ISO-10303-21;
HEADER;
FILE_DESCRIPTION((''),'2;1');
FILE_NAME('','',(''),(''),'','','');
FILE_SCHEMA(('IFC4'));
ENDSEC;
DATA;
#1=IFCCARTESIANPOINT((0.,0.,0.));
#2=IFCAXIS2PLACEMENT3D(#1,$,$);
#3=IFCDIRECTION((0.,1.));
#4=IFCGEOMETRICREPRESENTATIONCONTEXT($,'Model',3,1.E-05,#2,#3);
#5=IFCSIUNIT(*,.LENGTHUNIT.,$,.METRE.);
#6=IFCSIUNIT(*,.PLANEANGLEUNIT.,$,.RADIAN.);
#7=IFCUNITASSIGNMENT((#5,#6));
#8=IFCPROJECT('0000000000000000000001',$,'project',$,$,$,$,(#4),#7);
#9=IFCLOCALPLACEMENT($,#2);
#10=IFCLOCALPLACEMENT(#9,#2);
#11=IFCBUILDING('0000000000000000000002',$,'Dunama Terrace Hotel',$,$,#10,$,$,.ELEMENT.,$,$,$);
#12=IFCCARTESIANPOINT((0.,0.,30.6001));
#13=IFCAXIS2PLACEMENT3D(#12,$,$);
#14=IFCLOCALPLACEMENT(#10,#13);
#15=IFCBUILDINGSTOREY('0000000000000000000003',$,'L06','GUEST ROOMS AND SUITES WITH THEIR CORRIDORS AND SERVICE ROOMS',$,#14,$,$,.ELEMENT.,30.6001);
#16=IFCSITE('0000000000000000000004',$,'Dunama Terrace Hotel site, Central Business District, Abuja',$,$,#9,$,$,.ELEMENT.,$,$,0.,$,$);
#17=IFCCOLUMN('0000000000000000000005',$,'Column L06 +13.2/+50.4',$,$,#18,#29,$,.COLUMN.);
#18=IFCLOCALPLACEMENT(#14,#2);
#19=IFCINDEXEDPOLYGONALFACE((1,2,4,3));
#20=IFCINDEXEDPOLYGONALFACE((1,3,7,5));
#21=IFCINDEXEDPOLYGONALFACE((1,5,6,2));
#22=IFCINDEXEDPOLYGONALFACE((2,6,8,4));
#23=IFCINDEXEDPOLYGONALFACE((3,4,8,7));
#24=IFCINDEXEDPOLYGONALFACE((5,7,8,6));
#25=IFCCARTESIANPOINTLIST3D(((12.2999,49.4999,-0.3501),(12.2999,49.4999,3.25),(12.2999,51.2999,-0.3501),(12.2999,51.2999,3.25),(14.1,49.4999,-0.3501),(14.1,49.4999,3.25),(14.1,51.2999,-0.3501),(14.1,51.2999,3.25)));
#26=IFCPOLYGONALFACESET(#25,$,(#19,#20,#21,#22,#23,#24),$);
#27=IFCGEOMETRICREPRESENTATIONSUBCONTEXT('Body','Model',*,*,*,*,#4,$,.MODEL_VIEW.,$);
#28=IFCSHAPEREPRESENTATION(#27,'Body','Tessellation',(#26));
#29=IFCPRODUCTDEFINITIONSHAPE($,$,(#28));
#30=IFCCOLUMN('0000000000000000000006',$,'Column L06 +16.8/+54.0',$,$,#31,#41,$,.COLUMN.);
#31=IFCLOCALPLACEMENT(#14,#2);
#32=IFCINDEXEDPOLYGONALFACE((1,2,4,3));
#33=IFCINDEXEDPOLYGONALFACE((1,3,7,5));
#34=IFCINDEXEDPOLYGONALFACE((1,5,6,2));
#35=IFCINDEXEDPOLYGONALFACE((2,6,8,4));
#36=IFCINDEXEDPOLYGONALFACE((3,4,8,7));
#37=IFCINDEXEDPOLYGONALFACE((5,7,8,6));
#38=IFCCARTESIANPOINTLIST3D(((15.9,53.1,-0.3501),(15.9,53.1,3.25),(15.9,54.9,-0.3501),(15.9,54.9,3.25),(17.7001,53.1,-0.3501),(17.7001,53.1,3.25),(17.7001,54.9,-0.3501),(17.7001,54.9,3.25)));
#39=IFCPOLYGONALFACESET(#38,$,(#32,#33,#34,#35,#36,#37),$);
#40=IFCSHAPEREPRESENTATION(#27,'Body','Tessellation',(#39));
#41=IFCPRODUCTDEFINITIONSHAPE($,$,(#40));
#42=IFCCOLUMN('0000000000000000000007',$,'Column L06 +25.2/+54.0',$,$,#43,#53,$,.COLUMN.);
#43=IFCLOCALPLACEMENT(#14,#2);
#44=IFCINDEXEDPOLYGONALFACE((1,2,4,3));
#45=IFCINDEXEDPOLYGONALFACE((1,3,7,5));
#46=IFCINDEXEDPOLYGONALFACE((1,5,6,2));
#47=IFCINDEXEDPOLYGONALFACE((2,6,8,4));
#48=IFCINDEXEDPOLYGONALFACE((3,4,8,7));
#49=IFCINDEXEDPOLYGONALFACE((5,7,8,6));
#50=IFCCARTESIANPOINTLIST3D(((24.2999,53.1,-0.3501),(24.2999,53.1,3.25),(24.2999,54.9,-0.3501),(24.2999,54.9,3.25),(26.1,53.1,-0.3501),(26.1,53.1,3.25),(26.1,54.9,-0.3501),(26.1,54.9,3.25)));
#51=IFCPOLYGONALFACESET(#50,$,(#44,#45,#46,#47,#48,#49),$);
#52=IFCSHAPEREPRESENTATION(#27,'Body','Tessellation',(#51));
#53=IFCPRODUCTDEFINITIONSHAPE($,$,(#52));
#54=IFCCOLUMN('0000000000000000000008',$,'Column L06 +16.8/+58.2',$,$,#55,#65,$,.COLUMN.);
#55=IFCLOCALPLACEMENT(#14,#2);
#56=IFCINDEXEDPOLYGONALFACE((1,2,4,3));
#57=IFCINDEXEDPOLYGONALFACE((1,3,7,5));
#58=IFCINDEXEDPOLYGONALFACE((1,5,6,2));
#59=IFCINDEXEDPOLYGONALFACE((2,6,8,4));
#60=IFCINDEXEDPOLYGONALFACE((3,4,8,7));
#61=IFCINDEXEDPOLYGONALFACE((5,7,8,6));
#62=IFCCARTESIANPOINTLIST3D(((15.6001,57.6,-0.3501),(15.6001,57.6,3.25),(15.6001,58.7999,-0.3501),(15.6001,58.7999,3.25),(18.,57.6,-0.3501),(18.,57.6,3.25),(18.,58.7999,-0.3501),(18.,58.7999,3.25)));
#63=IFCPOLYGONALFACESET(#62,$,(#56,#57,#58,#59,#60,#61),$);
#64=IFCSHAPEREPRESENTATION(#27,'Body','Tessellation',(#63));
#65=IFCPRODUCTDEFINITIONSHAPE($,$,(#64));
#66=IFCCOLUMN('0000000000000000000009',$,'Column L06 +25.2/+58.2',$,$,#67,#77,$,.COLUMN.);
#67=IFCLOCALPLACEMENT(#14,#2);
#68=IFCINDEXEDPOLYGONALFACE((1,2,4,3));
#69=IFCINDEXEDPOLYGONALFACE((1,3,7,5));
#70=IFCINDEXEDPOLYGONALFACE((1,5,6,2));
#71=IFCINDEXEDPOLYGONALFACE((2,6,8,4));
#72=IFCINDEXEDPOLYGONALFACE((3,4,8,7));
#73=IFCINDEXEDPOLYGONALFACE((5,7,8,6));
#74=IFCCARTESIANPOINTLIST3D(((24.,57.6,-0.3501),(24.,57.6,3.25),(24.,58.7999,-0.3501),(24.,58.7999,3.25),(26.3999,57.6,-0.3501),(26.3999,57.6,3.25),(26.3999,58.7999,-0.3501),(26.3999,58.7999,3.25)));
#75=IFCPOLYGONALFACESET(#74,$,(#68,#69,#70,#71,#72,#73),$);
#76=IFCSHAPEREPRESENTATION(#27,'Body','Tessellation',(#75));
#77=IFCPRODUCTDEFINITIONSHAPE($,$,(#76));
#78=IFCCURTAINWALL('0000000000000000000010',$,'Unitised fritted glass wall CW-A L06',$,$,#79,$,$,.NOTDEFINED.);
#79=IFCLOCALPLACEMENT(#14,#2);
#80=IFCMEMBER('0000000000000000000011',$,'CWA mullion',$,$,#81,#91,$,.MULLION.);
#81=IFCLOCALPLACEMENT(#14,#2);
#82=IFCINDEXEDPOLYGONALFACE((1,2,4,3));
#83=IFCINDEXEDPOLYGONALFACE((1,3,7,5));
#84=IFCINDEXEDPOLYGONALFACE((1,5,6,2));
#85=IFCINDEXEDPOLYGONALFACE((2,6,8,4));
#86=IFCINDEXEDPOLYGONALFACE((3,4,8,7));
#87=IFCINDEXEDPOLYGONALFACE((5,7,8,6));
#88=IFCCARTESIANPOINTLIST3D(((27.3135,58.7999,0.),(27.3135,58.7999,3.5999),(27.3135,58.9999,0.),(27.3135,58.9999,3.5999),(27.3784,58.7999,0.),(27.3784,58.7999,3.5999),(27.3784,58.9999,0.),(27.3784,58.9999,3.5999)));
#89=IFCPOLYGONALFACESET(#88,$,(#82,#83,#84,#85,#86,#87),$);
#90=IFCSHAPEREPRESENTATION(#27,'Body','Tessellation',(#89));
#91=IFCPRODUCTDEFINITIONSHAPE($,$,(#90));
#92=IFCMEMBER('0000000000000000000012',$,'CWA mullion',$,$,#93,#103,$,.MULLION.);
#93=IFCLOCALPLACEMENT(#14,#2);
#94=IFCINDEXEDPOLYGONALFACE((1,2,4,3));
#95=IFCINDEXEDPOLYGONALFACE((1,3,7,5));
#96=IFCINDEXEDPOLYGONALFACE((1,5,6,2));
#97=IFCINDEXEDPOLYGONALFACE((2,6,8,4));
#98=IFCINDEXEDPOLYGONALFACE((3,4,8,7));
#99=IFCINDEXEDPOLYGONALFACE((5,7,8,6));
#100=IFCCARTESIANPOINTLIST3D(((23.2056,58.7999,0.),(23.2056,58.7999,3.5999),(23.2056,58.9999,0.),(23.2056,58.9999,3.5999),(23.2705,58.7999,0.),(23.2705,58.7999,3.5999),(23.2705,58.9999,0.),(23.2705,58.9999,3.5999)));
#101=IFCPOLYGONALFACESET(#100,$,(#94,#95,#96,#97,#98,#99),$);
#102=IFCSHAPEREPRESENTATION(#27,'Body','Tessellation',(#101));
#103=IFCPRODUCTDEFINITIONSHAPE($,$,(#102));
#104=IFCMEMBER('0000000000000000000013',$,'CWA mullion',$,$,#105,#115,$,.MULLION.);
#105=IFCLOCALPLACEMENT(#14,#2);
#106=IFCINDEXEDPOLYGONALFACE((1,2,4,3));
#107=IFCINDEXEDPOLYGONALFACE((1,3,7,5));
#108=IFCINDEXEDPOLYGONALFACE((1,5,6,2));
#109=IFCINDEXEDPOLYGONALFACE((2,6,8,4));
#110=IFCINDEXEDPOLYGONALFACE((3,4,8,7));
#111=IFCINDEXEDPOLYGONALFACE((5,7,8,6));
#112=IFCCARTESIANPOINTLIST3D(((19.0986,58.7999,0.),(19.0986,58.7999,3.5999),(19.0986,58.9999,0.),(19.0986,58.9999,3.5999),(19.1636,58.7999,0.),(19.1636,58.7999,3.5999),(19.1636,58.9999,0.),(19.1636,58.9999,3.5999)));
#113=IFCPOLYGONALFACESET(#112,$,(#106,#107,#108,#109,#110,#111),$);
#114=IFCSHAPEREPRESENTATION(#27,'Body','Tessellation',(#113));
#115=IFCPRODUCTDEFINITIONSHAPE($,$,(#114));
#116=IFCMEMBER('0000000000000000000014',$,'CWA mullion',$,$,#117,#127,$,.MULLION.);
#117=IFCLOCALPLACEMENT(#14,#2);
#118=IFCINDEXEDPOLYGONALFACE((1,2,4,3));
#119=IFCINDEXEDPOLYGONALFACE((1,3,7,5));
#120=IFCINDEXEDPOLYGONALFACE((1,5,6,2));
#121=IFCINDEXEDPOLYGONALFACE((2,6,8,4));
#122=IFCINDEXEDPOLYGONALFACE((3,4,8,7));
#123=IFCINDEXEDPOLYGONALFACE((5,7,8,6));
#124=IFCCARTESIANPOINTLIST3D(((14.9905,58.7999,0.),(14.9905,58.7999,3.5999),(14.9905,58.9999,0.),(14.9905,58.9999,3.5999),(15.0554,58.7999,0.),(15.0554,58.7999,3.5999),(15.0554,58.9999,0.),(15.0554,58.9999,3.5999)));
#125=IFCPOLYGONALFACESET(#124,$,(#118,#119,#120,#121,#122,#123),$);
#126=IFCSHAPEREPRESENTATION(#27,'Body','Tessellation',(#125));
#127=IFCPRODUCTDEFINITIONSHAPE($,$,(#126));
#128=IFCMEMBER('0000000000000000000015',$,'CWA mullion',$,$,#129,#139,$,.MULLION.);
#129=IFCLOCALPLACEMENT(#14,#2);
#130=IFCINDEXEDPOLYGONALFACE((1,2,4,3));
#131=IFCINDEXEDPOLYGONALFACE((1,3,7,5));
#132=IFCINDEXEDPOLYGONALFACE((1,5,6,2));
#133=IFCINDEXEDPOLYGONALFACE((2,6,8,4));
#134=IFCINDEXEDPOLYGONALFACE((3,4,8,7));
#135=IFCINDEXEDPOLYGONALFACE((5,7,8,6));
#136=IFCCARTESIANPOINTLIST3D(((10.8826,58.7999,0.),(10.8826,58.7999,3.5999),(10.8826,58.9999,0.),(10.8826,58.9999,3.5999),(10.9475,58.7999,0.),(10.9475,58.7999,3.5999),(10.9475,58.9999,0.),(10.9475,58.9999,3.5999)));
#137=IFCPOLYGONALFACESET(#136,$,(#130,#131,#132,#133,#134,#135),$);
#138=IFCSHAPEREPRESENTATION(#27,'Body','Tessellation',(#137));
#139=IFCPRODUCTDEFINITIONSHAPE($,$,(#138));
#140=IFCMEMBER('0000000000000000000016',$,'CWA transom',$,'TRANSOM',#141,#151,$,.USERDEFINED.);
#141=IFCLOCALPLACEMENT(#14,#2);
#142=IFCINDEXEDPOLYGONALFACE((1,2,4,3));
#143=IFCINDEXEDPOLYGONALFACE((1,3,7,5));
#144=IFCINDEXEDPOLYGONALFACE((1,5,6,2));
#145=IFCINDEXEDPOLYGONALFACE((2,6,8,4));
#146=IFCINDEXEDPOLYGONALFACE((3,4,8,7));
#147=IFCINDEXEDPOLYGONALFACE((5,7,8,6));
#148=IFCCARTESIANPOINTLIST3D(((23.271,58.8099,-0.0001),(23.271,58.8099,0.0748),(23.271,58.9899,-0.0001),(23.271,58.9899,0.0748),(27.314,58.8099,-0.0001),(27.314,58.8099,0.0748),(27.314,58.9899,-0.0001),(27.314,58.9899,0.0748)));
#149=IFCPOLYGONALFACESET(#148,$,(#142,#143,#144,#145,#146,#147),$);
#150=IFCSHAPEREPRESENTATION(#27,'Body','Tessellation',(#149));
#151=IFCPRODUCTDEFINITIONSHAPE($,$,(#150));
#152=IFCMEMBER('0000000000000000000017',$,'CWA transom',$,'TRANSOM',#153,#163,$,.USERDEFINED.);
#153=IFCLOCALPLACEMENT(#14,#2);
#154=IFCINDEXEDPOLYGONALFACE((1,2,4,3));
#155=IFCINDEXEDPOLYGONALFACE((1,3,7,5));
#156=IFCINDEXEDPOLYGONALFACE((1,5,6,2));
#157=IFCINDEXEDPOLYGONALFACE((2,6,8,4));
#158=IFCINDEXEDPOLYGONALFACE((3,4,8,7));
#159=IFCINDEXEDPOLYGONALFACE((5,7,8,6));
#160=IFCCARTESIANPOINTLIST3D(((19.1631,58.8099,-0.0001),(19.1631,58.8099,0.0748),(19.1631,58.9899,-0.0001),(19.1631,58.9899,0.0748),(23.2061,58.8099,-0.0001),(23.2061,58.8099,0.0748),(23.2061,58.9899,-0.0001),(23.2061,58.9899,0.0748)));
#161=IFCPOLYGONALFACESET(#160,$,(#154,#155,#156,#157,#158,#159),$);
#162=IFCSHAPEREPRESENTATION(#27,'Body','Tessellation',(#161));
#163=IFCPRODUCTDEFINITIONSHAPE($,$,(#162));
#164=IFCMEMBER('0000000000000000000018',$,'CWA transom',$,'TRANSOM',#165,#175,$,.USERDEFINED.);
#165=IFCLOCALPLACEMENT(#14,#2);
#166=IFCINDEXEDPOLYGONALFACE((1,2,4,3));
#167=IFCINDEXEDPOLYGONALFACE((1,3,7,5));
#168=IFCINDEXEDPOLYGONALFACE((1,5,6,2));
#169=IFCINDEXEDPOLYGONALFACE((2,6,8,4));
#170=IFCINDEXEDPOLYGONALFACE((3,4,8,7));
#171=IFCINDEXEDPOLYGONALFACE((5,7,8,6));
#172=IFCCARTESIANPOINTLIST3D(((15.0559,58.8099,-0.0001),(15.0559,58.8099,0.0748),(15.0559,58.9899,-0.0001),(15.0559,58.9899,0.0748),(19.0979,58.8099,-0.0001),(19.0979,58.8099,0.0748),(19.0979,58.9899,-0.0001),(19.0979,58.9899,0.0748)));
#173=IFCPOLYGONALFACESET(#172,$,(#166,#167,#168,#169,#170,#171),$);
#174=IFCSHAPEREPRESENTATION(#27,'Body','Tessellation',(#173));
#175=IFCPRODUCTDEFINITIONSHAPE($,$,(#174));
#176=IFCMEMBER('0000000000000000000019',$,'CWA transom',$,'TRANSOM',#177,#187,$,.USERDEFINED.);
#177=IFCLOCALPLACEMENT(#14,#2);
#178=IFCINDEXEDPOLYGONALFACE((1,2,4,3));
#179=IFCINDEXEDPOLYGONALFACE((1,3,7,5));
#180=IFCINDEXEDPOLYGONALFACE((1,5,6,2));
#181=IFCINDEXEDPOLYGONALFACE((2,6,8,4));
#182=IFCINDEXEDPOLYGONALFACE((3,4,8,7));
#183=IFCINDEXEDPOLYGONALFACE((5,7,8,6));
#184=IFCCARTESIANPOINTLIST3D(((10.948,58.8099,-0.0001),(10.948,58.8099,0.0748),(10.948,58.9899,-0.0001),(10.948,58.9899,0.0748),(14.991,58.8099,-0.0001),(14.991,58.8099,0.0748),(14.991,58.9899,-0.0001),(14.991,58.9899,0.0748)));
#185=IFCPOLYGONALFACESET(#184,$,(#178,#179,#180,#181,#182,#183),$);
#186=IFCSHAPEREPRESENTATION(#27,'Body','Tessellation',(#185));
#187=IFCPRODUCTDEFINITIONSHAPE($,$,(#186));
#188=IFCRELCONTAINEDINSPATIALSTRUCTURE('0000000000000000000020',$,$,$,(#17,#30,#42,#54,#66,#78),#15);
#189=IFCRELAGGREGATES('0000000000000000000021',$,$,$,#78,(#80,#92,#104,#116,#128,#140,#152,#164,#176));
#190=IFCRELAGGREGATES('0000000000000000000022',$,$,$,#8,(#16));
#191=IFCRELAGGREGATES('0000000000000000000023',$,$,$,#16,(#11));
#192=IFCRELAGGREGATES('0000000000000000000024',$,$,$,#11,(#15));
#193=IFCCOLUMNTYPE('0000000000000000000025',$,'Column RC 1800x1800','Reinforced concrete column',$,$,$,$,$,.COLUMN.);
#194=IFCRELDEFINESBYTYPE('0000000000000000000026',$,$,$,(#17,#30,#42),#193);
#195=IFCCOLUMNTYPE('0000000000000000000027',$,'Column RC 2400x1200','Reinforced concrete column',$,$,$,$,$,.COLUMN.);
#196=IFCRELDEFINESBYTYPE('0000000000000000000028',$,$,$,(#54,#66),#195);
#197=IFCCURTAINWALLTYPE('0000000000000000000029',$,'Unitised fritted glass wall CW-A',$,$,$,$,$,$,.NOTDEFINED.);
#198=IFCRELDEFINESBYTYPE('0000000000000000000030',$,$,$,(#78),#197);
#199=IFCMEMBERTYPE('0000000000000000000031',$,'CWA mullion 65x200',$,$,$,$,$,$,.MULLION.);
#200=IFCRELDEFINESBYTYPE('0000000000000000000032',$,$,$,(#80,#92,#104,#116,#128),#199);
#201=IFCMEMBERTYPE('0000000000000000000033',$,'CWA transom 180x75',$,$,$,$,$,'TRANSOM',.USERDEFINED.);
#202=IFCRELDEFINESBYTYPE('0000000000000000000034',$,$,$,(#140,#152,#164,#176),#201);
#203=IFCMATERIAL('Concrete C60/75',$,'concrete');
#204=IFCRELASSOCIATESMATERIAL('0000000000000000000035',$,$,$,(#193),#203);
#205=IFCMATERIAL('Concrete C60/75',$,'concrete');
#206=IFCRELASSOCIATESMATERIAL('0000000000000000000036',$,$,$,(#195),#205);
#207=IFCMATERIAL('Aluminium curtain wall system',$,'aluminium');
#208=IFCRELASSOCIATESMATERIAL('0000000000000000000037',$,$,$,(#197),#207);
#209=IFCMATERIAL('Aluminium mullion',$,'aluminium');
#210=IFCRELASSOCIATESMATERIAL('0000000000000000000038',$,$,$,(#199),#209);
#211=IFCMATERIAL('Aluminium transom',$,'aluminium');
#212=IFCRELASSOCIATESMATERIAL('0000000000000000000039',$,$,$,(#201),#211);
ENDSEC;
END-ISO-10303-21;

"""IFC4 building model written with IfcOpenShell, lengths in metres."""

from ifc_helpers import new_model, si_unit, direction, frame, origin, origin_2d, place, context, subcontext, project, spatial, rectangle, extrude, material, material_profile, profile_set, type_object, element, aggregate, save


model = new_model("IFC4")

# Units and contexts
model_context = context("Model", 3, precision=1e-05, world=origin(), true_north=direction((0.0, 1.0)))
body_context = subcontext(model_context, "Body", "Model", "MODEL_VIEW")
ifc_project = project(units=[si_unit("LENGTHUNIT", "METRE"), si_unit("PLANEANGLEUNIT", "RADIAN")], contexts=[model_context])

# Site, building, storey
site_placement = place(None, origin())
site = spatial("IfcSite", under=ifc_project, at=site_placement, Name="Dunama Terrace Hotel site, Central Business District, Abuja", CompositionType="ELEMENT", RefElevation=0.0)
building_placement = place(site_placement, origin())
building = spatial("IfcBuilding", under=site, at=building_placement, Name="Dunama Terrace Hotel", CompositionType="ELEMENT")
storey_placement = place(building_placement, frame((0.0, 0.0, 30.6001)))
storey = spatial("IfcBuildingStorey", under=building, at=storey_placement, Name="L06", Description="GUEST ROOMS AND SUITES WITH THEIR CORRIDORS AND SERVICE ROOMS", CompositionType="ELEMENT", Elevation=30.6001)

# Columns
ifc_material_1 = material(Name="Concrete C60/75", Category="concrete")
ifc_material_profile_1 = material_profile(ifc_material_1, rectangle(XDim=1.8, YDim=1.8, at=origin_2d()), Name="RC 1800x1800")
ifc_profile_set_1 = profile_set([ifc_material_profile_1], Name="Concrete C60/75")
column_type_1 = type_object("IfcColumnType", Name="Column RC 1800x1800", Description="Reinforced concrete column", PredefinedType="COLUMN", material=ifc_profile_set_1)
for number, where, z_axis, x_axis, name in (
    (1, (13.2, 50.3999, -0.3501), (0.0, 0.0, 1.0), (1.0, 0.0, 0.0), "Column L06 +13.2/+50.4"),
    (2, (16.8, 54.0, -0.3501), (0.0, 0.0, 1.0), (1.0, 0.0, 0.0), "Column L06 +16.8/+54.0"),
    (3, (25.2, 54.0, -0.3501), (0.0, 0.0, 1.0), (1.0, 0.0, 0.0), "Column L06 +25.2/+54.0"),
):
    element("IfcColumn", number, at=place(storey_placement, frame(where, z_axis=z_axis, x_axis=x_axis)), inside=storey, type_object=column_type_1, Name=name, PredefinedType="COLUMN", context=body_context, shape_type="SweptSolid", body=[
        extrude(rectangle(XDim=1.8, YDim=1.8, at=origin_2d()), origin(), (0.0, 0.0, 1.0), 3.6001),
    ])
ifc_material_2 = material(Name="Concrete C60/75", Category="concrete")
ifc_material_profile_2 = material_profile(ifc_material_2, rectangle(XDim=2.3999, YDim=1.2, at=origin_2d()), Name="RC 2400x1200")
ifc_profile_set_2 = profile_set([ifc_material_profile_2], Name="Concrete C60/75")
column_type_2 = type_object("IfcColumnType", Name="Column RC 2400x1200", Description="Reinforced concrete column", PredefinedType="COLUMN", material=ifc_profile_set_2)
for number, where, z_axis, x_axis, name in (
    (4, (16.8, 58.2, -0.3501), (0.0, 0.0, 1.0), (1.0, 0.0, 0.0), "Column L06 +16.8/+58.2"),
    (5, (25.2, 58.2, -0.3501), (0.0, 0.0, 1.0), (1.0, 0.0, 0.0), "Column L06 +25.2/+58.2"),
):
    element("IfcColumn", number, at=place(storey_placement, frame(where, z_axis=z_axis, x_axis=x_axis)), inside=storey, type_object=column_type_2, Name=name, PredefinedType="COLUMN", context=body_context, shape_type="SweptSolid", body=[
        extrude(rectangle(XDim=2.3999, YDim=1.2, at=origin_2d()), origin(), (0.0, 0.0, 1.0), 3.6001),
    ])

# Curtain wall, members
ifc_material_3 = material(Name="Aluminium curtain wall system", Category="aluminium")
curtain_wall_type = type_object("IfcCurtainWallType", Name="Unitised fritted glass wall CW-A", PredefinedType="NOTDEFINED", material=ifc_material_3)
curtain_wall_placement = place(storey_placement, origin())
curtain_wall = element("IfcCurtainWall", 6, at=curtain_wall_placement, inside=storey, type_object=curtain_wall_type, Name="Unitised fritted glass wall CW-A L06", PredefinedType="NOTDEFINED")
ifc_material_4 = material(Name="Aluminium mullion", Category="aluminium")
ifc_material_profile_3 = material_profile(ifc_material_4, rectangle(XDim=0.0649, YDim=0.2, at=origin_2d()), Name="CWA MULLION 65X200")
ifc_profile_set_3 = profile_set([ifc_material_profile_3], Name="Aluminium mullion")
member_type_1 = type_object("IfcMemberType", Name="CWA mullion 65x200", PredefinedType="MULLION", material=ifc_profile_set_3)
member_1_placement = place(storey_placement, frame((27.3459, 58.8999, 0.0), z_axis=(0.0, 0.0, 1.0), x_axis=(-1.0, 0.0, 0.0)))
member_1 = element("IfcMember", 7, at=member_1_placement, type_object=member_type_1, Name="CWA mullion", PredefinedType="MULLION", context=body_context, shape_type="SweptSolid", body=[
    extrude(rectangle(XDim=0.0649, YDim=0.2, at=origin_2d()), origin(), (0.0, 0.0, 1.0), 3.5999),
])
member_2_placement = place(storey_placement, frame((23.238, 58.8999, 0.0), z_axis=(0.0, 0.0, 1.0), x_axis=(-1.0, 0.0, 0.0)))
member_2 = element("IfcMember", 8, at=member_2_placement, type_object=member_type_1, Name="CWA mullion", PredefinedType="MULLION", context=body_context, shape_type="SweptSolid", body=[
    extrude(rectangle(XDim=0.0649, YDim=0.2, at=origin_2d()), origin(), (0.0, 0.0, 1.0), 3.5999),
])
member_3_placement = place(storey_placement, frame((19.1311, 58.8999, 0.0), z_axis=(0.0, 0.0, 1.0), x_axis=(-1.0, 0.0, 0.0)))
member_3 = element("IfcMember", 9, at=member_3_placement, type_object=member_type_1, Name="CWA mullion", PredefinedType="MULLION", context=body_context, shape_type="SweptSolid", body=[
    extrude(rectangle(XDim=0.0649, YDim=0.2, at=origin_2d()), origin(), (0.0, 0.0, 1.0), 3.5999),
])
member_4_placement = place(storey_placement, frame((15.0229, 58.8999, 0.0), z_axis=(0.0, 0.0, 1.0), x_axis=(-1.0, 0.0, 0.0)))
member_4 = element("IfcMember", 10, at=member_4_placement, type_object=member_type_1, Name="CWA mullion", PredefinedType="MULLION", context=body_context, shape_type="SweptSolid", body=[
    extrude(rectangle(XDim=0.0649, YDim=0.2, at=origin_2d()), origin(), (0.0, 0.0, 1.0), 3.5999),
])
member_5_placement = place(storey_placement, frame((10.915, 58.8999, 0.0), z_axis=(0.0, 0.0, 1.0), x_axis=(-1.0, 0.0, 0.0)))
member_5 = element("IfcMember", 11, at=member_5_placement, type_object=member_type_1, Name="CWA mullion", PredefinedType="MULLION", context=body_context, shape_type="SweptSolid", body=[
    extrude(rectangle(XDim=0.0649, YDim=0.2, at=origin_2d()), origin(), (0.0, 0.0, 1.0), 3.5999),
])
ifc_material_5 = material(Name="Aluminium transom", Category="aluminium")
ifc_material_profile_4 = material_profile(ifc_material_5, rectangle(XDim=0.1799, YDim=0.075, at=origin_2d()), Name="CWA TRANSOM 180X75")
ifc_profile_set_4 = profile_set([ifc_material_profile_4], Name="Aluminium transom")
member_type_2 = type_object("IfcMemberType", Name="CWA transom 180x75", ElementType="TRANSOM", PredefinedType="USERDEFINED", material=ifc_profile_set_4)
member_6_placement = place(storey_placement, frame((27.314, 58.8999, 0.0374), z_axis=(-1.0, 0.0, 0.0), x_axis=(0.0, -1.0, 0.0)))
member_6 = element("IfcMember", 12, at=member_6_placement, type_object=member_type_2, Name="CWA transom", ObjectType="TRANSOM", PredefinedType="USERDEFINED", context=body_context, shape_type="SweptSolid", body=[
    extrude(rectangle(XDim=0.1799, YDim=0.075, at=origin_2d()), origin(), (0.0, 0.0, 1.0), 4.043),
])
member_7_placement = place(storey_placement, frame((23.2061, 58.8999, 0.0374), z_axis=(-1.0, 0.0, 0.0), x_axis=(0.0, -1.0, 0.0)))
member_7 = element("IfcMember", 13, at=member_7_placement, type_object=member_type_2, Name="CWA transom", ObjectType="TRANSOM", PredefinedType="USERDEFINED", context=body_context, shape_type="SweptSolid", body=[
    extrude(rectangle(XDim=0.1799, YDim=0.075, at=origin_2d()), origin(), (0.0, 0.0, 1.0), 4.043),
])
member_8_placement = place(storey_placement, frame((19.0979, 58.8999, 0.0374), z_axis=(-1.0, 0.0, 0.0), x_axis=(0.0, -1.0, 0.0)))
member_8 = element("IfcMember", 14, at=member_8_placement, type_object=member_type_2, Name="CWA transom", ObjectType="TRANSOM", PredefinedType="USERDEFINED", context=body_context, shape_type="SweptSolid", body=[
    extrude(rectangle(XDim=0.1799, YDim=0.075, at=origin_2d()), origin(), (0.0, 0.0, 1.0), 4.042),
])
member_9_placement = place(storey_placement, frame((14.991, 58.8999, 0.0374), z_axis=(-1.0, 0.0, 0.0), x_axis=(0.0, -1.0, 0.0)))
member_9 = element("IfcMember", 15, at=member_9_placement, type_object=member_type_2, Name="CWA transom", ObjectType="TRANSOM", PredefinedType="USERDEFINED", context=body_context, shape_type="SweptSolid", body=[
    extrude(rectangle(XDim=0.1799, YDim=0.075, at=origin_2d()), origin(), (0.0, 0.0, 1.0), 4.043),
])

aggregate(curtain_wall, [member_1, member_2, member_3, member_4, member_5, member_6, member_7, member_8, member_9])

save(model, "model.ifc")
